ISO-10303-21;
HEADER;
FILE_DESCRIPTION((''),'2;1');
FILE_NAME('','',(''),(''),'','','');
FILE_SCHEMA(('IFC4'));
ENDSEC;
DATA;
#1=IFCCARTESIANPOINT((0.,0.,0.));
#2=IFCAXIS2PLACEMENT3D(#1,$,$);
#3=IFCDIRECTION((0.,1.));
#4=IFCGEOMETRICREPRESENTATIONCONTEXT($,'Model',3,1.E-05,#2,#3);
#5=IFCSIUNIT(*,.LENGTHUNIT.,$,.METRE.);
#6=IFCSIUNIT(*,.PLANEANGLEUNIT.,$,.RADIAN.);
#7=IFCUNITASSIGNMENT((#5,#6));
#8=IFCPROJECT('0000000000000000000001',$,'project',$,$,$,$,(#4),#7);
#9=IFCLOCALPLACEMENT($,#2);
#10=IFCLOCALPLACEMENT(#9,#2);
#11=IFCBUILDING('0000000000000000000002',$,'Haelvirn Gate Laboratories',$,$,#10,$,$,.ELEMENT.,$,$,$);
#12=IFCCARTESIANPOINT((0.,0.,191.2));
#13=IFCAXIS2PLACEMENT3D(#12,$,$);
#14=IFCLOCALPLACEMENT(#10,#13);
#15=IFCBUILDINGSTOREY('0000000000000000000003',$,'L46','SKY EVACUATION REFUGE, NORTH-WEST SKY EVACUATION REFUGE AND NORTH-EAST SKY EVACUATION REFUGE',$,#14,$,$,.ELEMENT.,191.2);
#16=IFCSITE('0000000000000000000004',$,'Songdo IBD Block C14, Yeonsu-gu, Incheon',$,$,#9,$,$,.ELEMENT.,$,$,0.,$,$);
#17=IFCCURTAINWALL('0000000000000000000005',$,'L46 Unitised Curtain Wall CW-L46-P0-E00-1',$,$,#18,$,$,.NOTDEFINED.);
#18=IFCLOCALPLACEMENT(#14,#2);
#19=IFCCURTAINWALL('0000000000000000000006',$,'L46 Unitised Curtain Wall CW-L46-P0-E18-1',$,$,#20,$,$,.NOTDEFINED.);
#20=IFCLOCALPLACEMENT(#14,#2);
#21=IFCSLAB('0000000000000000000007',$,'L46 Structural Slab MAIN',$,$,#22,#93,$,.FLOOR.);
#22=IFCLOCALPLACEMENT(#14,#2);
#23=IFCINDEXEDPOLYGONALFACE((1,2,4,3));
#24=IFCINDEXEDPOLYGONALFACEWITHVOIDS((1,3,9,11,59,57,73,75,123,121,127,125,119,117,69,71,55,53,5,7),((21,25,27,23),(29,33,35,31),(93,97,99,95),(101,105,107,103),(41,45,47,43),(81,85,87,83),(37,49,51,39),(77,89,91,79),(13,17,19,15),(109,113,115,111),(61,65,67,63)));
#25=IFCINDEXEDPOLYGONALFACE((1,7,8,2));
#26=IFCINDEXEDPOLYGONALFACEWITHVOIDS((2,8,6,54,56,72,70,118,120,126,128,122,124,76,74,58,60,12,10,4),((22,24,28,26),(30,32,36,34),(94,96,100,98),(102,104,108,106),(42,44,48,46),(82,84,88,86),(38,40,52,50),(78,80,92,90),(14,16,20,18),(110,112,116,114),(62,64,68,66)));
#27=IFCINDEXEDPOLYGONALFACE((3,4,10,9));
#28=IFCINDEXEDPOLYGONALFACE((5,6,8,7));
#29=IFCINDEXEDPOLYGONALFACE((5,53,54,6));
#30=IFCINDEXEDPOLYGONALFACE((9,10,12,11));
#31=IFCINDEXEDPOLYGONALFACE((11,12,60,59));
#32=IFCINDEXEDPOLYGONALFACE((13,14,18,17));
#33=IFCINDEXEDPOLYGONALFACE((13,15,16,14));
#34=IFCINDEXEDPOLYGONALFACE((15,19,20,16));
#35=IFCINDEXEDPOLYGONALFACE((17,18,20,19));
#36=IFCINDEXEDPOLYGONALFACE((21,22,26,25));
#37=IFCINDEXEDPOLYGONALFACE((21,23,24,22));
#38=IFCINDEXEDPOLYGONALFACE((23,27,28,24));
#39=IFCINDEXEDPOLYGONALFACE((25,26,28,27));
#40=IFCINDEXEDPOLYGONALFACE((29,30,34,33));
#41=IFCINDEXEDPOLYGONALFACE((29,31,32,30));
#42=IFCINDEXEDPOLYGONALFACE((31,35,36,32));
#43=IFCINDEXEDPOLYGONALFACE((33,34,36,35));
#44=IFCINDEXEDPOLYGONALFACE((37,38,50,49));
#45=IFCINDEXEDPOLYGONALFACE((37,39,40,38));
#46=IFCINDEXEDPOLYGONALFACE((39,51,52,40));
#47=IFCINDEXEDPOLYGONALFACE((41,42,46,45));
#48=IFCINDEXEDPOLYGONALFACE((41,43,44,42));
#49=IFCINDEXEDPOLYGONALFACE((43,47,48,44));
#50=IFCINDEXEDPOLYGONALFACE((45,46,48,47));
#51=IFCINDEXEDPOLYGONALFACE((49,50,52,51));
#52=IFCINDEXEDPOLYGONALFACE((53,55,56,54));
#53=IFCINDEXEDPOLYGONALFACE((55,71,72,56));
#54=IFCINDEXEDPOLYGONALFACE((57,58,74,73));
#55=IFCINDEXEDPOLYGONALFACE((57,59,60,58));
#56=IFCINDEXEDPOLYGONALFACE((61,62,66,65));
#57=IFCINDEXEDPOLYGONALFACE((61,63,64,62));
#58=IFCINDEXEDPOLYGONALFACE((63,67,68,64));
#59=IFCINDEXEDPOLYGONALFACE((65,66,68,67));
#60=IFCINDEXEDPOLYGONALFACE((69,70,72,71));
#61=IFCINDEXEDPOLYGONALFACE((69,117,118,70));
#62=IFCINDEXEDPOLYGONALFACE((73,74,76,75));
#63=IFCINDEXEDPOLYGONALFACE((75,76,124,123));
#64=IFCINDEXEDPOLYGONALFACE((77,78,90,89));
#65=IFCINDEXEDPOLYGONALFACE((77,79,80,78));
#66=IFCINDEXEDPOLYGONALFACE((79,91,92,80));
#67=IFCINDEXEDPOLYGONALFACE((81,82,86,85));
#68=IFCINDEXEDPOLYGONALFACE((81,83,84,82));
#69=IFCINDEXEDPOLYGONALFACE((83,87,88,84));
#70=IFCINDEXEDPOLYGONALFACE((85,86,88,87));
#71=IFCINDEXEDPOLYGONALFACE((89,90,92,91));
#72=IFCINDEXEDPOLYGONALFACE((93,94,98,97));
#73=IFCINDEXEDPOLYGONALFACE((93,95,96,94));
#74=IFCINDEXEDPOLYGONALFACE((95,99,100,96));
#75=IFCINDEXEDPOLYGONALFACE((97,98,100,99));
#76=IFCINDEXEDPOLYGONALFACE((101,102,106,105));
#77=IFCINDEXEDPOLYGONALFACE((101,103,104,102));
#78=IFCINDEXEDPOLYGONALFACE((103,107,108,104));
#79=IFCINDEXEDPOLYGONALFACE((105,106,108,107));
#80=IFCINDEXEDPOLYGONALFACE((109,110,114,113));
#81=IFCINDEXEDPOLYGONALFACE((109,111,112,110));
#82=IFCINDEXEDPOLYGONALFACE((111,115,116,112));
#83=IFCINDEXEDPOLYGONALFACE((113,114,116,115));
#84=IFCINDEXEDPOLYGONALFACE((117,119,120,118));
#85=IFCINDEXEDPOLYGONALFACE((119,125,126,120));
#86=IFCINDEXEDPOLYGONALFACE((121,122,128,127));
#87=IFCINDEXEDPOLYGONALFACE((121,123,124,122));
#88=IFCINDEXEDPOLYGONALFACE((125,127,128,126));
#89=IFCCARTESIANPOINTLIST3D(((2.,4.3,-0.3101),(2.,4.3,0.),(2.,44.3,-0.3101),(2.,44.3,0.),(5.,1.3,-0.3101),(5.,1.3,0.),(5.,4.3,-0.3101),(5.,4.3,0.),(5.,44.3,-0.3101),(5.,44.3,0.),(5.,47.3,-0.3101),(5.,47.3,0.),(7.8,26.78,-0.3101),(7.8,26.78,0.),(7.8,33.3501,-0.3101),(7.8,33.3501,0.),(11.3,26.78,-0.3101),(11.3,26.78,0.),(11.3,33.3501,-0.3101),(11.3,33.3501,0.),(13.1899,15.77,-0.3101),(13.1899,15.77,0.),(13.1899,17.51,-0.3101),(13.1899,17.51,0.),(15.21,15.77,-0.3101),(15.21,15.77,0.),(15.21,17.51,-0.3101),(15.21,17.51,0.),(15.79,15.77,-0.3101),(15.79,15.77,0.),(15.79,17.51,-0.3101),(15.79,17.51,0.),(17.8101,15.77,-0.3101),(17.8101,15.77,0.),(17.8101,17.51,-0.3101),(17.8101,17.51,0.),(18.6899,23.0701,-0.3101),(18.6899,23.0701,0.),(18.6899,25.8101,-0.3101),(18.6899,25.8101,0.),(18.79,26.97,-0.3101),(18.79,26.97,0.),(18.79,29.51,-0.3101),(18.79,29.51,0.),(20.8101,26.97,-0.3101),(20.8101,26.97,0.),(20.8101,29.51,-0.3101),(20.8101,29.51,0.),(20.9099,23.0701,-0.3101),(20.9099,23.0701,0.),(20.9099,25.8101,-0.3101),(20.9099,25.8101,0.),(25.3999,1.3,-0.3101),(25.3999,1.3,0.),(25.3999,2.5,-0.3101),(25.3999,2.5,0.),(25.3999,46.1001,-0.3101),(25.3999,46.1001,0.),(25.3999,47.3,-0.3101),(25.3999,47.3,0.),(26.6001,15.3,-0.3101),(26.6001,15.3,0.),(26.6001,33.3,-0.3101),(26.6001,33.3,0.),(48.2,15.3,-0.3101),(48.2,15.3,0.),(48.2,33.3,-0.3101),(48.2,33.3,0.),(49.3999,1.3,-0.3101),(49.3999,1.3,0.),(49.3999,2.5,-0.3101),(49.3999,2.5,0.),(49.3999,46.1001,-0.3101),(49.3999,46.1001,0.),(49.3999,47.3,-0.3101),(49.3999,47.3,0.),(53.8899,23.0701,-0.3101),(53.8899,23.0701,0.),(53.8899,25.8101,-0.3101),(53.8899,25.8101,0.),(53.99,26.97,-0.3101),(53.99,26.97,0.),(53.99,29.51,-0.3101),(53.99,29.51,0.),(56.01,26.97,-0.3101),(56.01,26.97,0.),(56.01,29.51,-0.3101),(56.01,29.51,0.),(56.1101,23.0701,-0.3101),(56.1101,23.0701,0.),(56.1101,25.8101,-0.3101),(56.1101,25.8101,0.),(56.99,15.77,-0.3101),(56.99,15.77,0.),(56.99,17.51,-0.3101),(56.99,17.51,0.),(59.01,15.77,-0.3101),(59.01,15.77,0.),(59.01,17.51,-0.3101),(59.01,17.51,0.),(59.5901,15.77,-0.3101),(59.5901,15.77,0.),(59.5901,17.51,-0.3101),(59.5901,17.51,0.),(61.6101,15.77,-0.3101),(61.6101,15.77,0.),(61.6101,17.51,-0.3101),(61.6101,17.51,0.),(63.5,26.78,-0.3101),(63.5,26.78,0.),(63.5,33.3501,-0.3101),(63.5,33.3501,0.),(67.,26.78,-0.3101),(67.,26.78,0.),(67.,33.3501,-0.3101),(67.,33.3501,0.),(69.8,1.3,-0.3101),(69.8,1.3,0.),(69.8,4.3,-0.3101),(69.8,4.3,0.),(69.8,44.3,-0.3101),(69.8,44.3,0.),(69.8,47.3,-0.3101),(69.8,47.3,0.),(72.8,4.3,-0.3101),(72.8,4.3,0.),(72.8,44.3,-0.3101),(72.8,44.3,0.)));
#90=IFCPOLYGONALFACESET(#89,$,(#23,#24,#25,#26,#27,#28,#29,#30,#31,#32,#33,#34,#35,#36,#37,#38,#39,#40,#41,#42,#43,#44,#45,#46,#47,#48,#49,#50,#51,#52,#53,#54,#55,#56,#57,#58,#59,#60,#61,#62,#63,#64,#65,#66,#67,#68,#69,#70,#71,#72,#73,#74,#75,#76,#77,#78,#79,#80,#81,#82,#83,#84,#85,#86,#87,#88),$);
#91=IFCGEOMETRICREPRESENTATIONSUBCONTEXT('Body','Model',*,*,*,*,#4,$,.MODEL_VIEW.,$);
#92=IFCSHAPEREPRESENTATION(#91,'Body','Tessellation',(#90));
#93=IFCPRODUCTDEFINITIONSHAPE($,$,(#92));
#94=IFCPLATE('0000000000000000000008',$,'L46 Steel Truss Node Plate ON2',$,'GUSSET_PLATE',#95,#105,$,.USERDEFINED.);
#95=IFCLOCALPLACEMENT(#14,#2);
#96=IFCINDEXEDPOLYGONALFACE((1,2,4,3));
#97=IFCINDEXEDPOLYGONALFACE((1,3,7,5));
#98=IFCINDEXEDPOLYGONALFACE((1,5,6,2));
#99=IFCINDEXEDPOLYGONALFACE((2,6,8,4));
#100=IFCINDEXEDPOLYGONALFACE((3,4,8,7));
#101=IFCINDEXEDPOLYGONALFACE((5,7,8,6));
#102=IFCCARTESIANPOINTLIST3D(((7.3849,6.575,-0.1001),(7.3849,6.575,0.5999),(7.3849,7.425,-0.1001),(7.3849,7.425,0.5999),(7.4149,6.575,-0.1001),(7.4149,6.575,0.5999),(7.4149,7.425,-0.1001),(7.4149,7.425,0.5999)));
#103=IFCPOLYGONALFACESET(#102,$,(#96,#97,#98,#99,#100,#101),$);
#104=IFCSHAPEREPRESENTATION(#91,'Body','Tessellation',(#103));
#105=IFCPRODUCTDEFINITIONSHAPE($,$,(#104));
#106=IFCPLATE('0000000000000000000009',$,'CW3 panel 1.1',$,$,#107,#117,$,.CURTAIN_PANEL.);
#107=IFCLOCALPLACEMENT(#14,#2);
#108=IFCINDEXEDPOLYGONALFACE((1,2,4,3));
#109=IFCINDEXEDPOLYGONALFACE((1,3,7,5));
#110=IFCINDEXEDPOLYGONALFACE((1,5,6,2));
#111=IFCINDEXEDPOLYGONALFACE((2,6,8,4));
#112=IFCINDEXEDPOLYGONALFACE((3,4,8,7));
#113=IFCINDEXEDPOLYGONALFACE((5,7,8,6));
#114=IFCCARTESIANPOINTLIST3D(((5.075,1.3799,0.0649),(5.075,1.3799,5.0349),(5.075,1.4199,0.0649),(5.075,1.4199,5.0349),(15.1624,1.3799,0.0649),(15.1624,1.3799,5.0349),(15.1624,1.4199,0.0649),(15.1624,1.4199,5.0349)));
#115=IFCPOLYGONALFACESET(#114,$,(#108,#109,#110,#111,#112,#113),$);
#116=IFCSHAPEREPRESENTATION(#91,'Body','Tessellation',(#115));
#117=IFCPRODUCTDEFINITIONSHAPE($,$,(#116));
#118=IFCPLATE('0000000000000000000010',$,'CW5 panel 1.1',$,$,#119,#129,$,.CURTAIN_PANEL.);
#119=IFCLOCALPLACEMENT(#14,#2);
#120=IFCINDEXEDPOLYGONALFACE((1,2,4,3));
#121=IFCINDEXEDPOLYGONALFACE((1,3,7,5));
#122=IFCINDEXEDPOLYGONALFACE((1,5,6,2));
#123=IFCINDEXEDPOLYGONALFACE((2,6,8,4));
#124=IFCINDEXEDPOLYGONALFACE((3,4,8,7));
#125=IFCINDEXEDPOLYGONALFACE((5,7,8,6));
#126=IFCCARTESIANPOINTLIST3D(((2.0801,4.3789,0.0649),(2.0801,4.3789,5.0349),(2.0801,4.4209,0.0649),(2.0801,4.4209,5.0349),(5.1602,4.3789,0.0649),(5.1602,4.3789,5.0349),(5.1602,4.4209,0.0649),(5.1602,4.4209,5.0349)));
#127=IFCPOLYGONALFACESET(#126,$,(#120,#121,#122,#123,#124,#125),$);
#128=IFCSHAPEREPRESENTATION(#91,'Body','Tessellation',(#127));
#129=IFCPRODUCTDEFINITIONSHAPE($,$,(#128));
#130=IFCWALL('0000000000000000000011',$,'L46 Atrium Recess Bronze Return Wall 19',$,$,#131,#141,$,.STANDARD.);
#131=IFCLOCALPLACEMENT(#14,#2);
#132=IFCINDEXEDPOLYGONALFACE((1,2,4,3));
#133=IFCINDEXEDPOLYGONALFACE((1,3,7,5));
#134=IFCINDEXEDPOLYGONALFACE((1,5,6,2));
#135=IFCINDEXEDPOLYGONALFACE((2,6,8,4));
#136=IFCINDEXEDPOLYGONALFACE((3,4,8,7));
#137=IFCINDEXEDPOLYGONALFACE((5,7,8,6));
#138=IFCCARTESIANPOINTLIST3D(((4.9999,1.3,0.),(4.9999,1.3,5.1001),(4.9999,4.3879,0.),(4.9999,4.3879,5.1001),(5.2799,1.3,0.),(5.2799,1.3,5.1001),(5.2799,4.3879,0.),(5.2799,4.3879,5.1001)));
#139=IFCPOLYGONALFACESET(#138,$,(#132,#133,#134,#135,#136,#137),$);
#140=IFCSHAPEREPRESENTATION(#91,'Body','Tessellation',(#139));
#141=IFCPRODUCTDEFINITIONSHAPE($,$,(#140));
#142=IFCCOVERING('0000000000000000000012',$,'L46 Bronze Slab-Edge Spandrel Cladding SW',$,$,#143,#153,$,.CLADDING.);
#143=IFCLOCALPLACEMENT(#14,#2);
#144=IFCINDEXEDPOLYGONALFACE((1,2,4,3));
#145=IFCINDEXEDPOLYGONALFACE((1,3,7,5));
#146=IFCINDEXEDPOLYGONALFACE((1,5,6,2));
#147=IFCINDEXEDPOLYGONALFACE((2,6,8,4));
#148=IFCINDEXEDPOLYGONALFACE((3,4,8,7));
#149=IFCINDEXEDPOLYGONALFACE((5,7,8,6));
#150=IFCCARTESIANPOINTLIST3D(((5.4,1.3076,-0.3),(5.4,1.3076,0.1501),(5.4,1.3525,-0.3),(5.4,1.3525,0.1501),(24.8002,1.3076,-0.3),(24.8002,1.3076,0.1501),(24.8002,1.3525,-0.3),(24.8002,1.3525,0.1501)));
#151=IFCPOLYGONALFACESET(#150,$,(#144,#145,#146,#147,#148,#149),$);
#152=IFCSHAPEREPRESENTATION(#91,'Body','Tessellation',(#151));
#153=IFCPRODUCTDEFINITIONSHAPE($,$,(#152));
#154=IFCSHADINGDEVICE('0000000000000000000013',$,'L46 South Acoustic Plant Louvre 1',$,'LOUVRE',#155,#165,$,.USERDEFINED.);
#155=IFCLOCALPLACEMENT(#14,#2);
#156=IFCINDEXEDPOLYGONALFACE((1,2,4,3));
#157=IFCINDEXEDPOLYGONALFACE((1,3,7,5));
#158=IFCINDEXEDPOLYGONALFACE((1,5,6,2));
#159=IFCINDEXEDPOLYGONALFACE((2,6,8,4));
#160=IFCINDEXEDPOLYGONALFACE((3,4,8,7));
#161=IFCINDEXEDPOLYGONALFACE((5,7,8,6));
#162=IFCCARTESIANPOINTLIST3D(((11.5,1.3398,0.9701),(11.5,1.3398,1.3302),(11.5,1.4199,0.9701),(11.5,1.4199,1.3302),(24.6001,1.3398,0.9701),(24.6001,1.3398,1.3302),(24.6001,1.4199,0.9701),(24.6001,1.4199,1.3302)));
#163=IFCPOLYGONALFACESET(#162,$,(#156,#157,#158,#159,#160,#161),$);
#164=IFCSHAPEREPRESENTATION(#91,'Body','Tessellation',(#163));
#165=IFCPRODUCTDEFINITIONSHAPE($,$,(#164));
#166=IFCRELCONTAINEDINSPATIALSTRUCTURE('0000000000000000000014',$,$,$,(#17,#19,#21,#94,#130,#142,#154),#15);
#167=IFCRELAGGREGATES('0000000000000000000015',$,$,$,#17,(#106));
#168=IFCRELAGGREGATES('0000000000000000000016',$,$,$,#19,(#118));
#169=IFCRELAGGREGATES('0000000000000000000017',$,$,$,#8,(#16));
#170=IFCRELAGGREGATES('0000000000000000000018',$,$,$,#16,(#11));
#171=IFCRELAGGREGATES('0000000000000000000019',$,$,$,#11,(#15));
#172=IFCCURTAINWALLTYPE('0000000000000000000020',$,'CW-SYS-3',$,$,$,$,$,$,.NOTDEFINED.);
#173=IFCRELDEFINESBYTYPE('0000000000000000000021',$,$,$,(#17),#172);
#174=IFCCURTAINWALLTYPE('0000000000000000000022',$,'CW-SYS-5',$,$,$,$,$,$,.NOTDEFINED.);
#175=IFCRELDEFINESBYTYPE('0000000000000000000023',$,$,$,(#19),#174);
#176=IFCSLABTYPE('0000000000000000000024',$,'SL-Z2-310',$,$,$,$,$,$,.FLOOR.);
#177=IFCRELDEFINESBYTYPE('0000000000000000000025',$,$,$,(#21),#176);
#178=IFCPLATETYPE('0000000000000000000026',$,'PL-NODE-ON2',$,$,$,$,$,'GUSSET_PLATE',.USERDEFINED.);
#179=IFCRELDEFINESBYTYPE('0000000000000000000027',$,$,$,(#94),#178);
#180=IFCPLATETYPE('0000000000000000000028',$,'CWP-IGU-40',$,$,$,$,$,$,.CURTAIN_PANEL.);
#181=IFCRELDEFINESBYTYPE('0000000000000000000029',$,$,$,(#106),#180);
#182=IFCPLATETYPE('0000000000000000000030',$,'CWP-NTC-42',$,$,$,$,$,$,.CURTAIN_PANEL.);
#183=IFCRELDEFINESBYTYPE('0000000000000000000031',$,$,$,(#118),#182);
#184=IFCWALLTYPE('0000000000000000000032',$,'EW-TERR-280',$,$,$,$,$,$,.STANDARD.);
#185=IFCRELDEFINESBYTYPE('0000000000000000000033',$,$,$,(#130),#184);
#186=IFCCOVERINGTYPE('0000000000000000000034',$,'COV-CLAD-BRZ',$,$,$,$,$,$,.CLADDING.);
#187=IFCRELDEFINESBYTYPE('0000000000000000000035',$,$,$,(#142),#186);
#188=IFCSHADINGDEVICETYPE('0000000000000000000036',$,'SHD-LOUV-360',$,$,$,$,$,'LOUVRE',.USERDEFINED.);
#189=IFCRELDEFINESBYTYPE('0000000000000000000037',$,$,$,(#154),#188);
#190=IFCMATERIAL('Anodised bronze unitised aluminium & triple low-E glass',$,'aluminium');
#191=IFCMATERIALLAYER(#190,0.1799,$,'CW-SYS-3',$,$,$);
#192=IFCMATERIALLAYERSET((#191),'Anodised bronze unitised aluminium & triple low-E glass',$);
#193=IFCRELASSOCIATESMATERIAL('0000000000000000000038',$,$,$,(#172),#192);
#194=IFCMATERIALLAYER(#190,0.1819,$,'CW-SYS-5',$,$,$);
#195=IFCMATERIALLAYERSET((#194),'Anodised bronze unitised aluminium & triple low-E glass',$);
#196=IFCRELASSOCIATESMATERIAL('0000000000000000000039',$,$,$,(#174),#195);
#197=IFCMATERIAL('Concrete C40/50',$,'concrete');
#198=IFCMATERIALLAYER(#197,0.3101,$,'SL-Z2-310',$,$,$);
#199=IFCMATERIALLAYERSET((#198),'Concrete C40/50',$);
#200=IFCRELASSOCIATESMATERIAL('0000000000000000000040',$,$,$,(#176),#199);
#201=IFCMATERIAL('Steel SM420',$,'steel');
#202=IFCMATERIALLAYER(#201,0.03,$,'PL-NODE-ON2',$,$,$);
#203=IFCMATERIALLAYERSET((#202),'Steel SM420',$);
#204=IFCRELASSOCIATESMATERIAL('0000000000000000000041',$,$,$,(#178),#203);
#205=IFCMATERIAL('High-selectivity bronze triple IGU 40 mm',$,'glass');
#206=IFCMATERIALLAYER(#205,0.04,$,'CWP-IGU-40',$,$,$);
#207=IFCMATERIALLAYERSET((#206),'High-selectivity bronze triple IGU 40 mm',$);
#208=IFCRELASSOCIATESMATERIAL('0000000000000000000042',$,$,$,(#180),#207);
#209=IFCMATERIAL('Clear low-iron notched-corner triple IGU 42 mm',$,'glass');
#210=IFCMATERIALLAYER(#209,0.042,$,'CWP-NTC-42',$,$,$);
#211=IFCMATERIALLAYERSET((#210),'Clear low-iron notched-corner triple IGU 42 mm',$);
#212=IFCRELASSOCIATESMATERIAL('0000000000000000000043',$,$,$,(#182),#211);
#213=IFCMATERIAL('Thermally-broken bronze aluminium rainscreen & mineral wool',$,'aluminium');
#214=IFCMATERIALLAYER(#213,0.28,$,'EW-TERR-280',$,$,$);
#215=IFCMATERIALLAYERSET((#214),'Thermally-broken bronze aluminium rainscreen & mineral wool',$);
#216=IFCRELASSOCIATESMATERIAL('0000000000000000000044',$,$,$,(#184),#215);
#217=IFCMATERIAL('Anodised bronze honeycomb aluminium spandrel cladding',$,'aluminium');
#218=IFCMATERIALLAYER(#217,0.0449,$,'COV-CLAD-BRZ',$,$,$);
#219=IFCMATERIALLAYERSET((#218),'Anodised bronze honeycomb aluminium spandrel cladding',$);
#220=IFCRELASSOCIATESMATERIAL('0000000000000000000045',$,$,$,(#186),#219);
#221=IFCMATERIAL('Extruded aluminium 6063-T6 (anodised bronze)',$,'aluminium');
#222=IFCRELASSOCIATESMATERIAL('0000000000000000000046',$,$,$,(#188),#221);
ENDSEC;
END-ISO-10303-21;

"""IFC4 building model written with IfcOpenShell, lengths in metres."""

from ifc_helpers import new_model, si_unit, direction, frame, frame_2d, origin, origin_2d, place, context, subcontext, project, spatial, polyline, rectangle, outline, extrude, source, transform, mapped, material, layer, layer_set, material_profile, profile_set, type_object, type_shapes, element, aggregate, save


model = new_model("IFC4")

# Units and contexts
model_context = context("Model", 3, precision=1e-05, world=origin(), true_north=direction((0.0, 1.0)))
body_context = subcontext(model_context, "Body", "Model", "MODEL_VIEW")
ifc_project = project(units=[si_unit("LENGTHUNIT", "METRE"), si_unit("PLANEANGLEUNIT", "RADIAN")], contexts=[model_context])

# Site, building, storey
site_placement = place(None, origin())
site = spatial("IfcSite", under=ifc_project, at=site_placement, Name="Songdo IBD Block C14, Yeonsu-gu, Incheon", CompositionType="ELEMENT", RefElevation=0.0)
building_placement = place(site_placement, origin())
building = spatial("IfcBuilding", under=site, at=building_placement, Name="Haelvirn Gate Laboratories", CompositionType="ELEMENT")
storey_placement = place(building_placement, frame((0.0, 0.0, 191.2)))
storey = spatial("IfcBuildingStorey", under=building, at=storey_placement, Name="L46", Description="SKY EVACUATION REFUGE, NORTH-WEST SKY EVACUATION REFUGE AND NORTH-EAST SKY EVACUATION REFUGE", CompositionType="ELEMENT", Elevation=191.2)

# Shared definitions
ifc_material_1 = material(Name="Steel SM420", Category="steel")

# Curtain walls
ifc_material_2 = material(Name="Anodised bronze unitised aluminium & triple low-E glass", Category="aluminium")
ifc_layer_1 = layer(ifc_material_2, 0.1799, Name="CW-SYS-3")
ifc_layer_set_1 = layer_set([ifc_layer_1], Name="Anodised bronze unitised aluminium & triple low-E glass")
curtain_wall_type_1 = type_object("IfcCurtainWallType", Name="CW-SYS-3", PredefinedType="NOTDEFINED", material=ifc_layer_set_1)
curtain_wall_1_placement = place(storey_placement, origin())
curtain_wall_1 = element("IfcCurtainWall", 1, at=curtain_wall_1_placement, inside=storey, type_object=curtain_wall_type_1, Name="L46 Unitised Curtain Wall CW-L46-P0-E00-1", PredefinedType="NOTDEFINED")
ifc_material_3 = material(Name="Extruded aluminium 6063-T6 (anodised bronze)", Category="aluminium")
ifc_layer_2 = layer(ifc_material_2, 0.1819, Name="CW-SYS-5")
ifc_layer_set_2 = layer_set([ifc_layer_2], Name="Anodised bronze unitised aluminium & triple low-E glass")
curtain_wall_type_2 = type_object("IfcCurtainWallType", Name="CW-SYS-5", PredefinedType="NOTDEFINED", material=ifc_layer_set_2)
curtain_wall_2_placement = place(storey_placement, origin())
curtain_wall_2 = element("IfcCurtainWall", 2, at=curtain_wall_2_placement, inside=storey, type_object=curtain_wall_type_2, Name="L46 Unitised Curtain Wall CW-L46-P0-E18-1", PredefinedType="NOTDEFINED")

# Shared definitions
ifc_material_4 = material(Name="Concrete C40/50", Category="concrete")

# Slab
ifc_layer_3 = layer(ifc_material_4, 0.3101, Name="SL-Z2-310")
ifc_layer_set_3 = layer_set([ifc_layer_3], Name="Concrete C40/50")
slab_type_1 = type_object("IfcSlabType", Name="SL-Z2-310", PredefinedType="FLOOR", material=ifc_layer_set_3)
slab_1_placement = place(storey_placement, frame((0.0, 0.0, -0.3101)))
element("IfcSlab", 3, at=slab_1_placement, inside=storey, type_object=slab_type_1, Name="L46 Structural Slab MAIN", PredefinedType="FLOOR", context=body_context, shape_type="SweptSolid", body=[
    extrude(outline(polyline([(5.0, 1.3), (25.3999, 1.3), (25.3999, 2.5), (49.3999, 2.5), (49.3999, 1.3), (69.8, 1.3), (69.8, 4.3), (72.8, 4.3), (72.8, 44.3), (69.8, 44.3), (69.8, 47.3), (49.3999, 47.3), (49.3999, 46.1001), (25.3999, 46.1001), (25.3999, 47.3), (5.0, 47.3), (5.0, 44.3), (2.0, 44.3), (2.0, 4.3), (5.0, 4.3), (5.0, 1.3)]), holes=[polyline([(26.6001, 15.3), (48.2, 15.3), (48.2, 33.3), (26.6001, 33.3), (26.6001, 15.3)]), polyline([(11.3, 26.78), (11.3, 33.3501), (7.8, 33.3501), (7.8, 26.78), (11.3, 26.78)]), polyline([(67.0, 26.78), (67.0, 33.3501), (63.5, 33.3501), (63.5, 26.78), (67.0, 26.78)]), polyline([(13.1899, 15.77), (15.21, 15.77), (15.21, 17.51), (13.1899, 17.51), (13.1899, 15.77)]), polyline([(15.79, 15.77), (17.8101, 15.77), (17.8101, 17.51), (15.79, 17.51), (15.79, 15.77)]), polyline([(18.79, 26.97), (20.8101, 26.97), (20.8101, 29.51), (18.79, 29.51), (18.79, 26.97)]), polyline([(18.6899, 23.0701), (20.9099, 23.0701), (20.9099, 25.8101), (18.6899, 25.8101), (18.6899, 23.0701)]), polyline([(59.5901, 15.77), (61.6101, 15.77), (61.6101, 17.51), (59.5901, 17.51), (59.5901, 15.77)]), polyline([(56.99, 15.77), (59.01, 15.77), (59.01, 17.51), (56.99, 17.51), (56.99, 15.77)]), polyline([(53.99, 26.97), (56.01, 26.97), (56.01, 29.51), (53.99, 29.51), (53.99, 26.97)]), polyline([(53.8899, 23.0701), (56.1101, 23.0701), (56.1101, 25.8101), (53.8899, 25.8101), (53.8899, 23.0701)])]), origin(), (0.0, 0.0, 1.0), 0.3101),
])

# Plates
ifc_layer_4 = layer(ifc_material_1, 0.03, Name="PL-NODE-ON2")
ifc_layer_set_4 = layer_set([ifc_layer_4], Name="Steel SM420")
plate_type_1 = type_object("IfcPlateType", Name="PL-NODE-ON2", ElementType="GUSSET_PLATE", PredefinedType="USERDEFINED", material=ifc_layer_set_4)
shared_shape_1 = source(origin(), body_context, "Body", "SweptSolid", [
    extrude(rectangle(XDim=0.8501, YDim=0.03, at=origin_2d()), origin(), (0.0, 0.0, 1.0), 0.7),
])
type_shapes(plate_type_1, [shared_shape_1])
plate_1_placement = place(storey_placement, frame((7.3999, 7.0, -0.1001), z_axis=(0.0, 0.0, 1.0), x_axis=(0.0, 1.0, 0.0)))
element("IfcPlate", 4, at=plate_1_placement, inside=storey, type_object=plate_type_1, Name="L46 Steel Truss Node Plate ON2", ObjectType="GUSSET_PLATE", PredefinedType="USERDEFINED", context=body_context, shape_type="MappedRepresentation", body=[
    mapped(shared_shape_1, transform((0.0, 0.0, 0.0), scale=1.0)),
])
ifc_material_5 = material(Name="High-selectivity bronze triple IGU 40 mm", Category="glass")
ifc_layer_5 = layer(ifc_material_5, 0.04, Name="CWP-IGU-40")
ifc_layer_set_5 = layer_set([ifc_layer_5], Name="High-selectivity bronze triple IGU 40 mm")
plate_type_2 = type_object("IfcPlateType", Name="CWP-IGU-40", PredefinedType="CURTAIN_PANEL", material=ifc_layer_set_5)
shared_shape_2 = source(origin(), body_context, "Body", "SweptSolid", [
    extrude(rectangle(XDim=10.0874, YDim=0.04, at=origin_2d()), origin(), (0.0, 0.0, 1.0), 4.97),
])
type_shapes(plate_type_2, [shared_shape_2])
plate_2_placement = place(storey_placement, frame((10.1187, 1.3999, 0.0649), z_axis=(0.0, 0.0, 1.0), x_axis=(1.0, 0.0, 0.0)))
plate_2 = element("IfcPlate", 5, at=plate_2_placement, type_object=plate_type_2, Name="CW3 panel 1.1", PredefinedType="CURTAIN_PANEL", context=body_context, shape_type="MappedRepresentation", body=[
    mapped(shared_shape_2, transform((0.0, 0.0, 0.0), scale=1.0)),
])
aggregate(curtain_wall_1, [plate_2])
ifc_material_6 = material(Name="Clear low-iron notched-corner triple IGU 42 mm", Category="glass")
ifc_layer_6 = layer(ifc_material_6, 0.042, Name="CWP-NTC-42")
ifc_layer_set_6 = layer_set([ifc_layer_6], Name="Clear low-iron notched-corner triple IGU 42 mm")
plate_type_3 = type_object("IfcPlateType", Name="CWP-NTC-42", PredefinedType="CURTAIN_PANEL", material=ifc_layer_set_6)
shared_shape_3 = source(origin(), body_context, "Body", "SweptSolid", [
    extrude(rectangle(XDim=3.0801, YDim=0.042, at=origin_2d()), origin(), (0.0, 0.0, 1.0), 4.97),
])
type_shapes(plate_type_3, [shared_shape_3])
plate_3_placement = place(storey_placement, frame((3.6201, 4.3999, 0.0649), z_axis=(0.0, 0.0, 1.0), x_axis=(1.0, 0.0, 0.0)))
plate_3 = element("IfcPlate", 6, at=plate_3_placement, type_object=plate_type_3, Name="CW5 panel 1.1", PredefinedType="CURTAIN_PANEL", context=body_context, shape_type="MappedRepresentation", body=[
    mapped(shared_shape_3, transform((0.0, 0.0, 0.0), scale=1.0)),
])
aggregate(curtain_wall_2, [plate_3])

# Wall
ifc_material_7 = material(Name="Thermally-broken bronze aluminium rainscreen & mineral wool", Category="aluminium")
ifc_layer_7 = layer(ifc_material_7, 0.28, Name="EW-TERR-280")
ifc_layer_set_7 = layer_set([ifc_layer_7], Name="Thermally-broken bronze aluminium rainscreen & mineral wool")
wall_type = type_object("IfcWallType", Name="EW-TERR-280", PredefinedType="STANDARD", material=ifc_layer_set_7)
wall_placement = place(storey_placement, frame((5.1399, 4.3879, 0.0), z_axis=(0.0, 0.0, 1.0), x_axis=(0.0, -1.0, 0.0)))
element("IfcWall", 7, at=wall_placement, inside=storey, type_object=wall_type, Name="L46 Atrium Recess Bronze Return Wall 19", PredefinedType="STANDARD", context=body_context, shape_type="SweptSolid", body=[
    extrude(rectangle(XDim=3.0879, YDim=0.28, at=frame_2d((1.5439, 0.0))), origin(), (0.0, 0.0, 1.0), 5.1001),
])

# Covering
ifc_material_8 = material(Name="Anodised bronze honeycomb aluminium spandrel cladding", Category="aluminium")
ifc_layer_8 = layer(ifc_material_8, 0.0449, Name="COV-CLAD-BRZ")
ifc_layer_set_8 = layer_set([ifc_layer_8], Name="Anodised bronze honeycomb aluminium spandrel cladding")
covering_type = type_object("IfcCoveringType", Name="COV-CLAD-BRZ", PredefinedType="CLADDING", material=ifc_layer_set_8)
covering_placement = place(storey_placement, frame((5.3999, 1.3301, -0.3), z_axis=(0.0, 0.0, 1.0), x_axis=(1.0, 0.0, 0.0)))
element("IfcCovering", 8, at=covering_placement, inside=storey, type_object=covering_type, Name="L46 Bronze Slab-Edge Spandrel Cladding SW", PredefinedType="CLADDING", context=body_context, shape_type="SweptSolid", body=[
    extrude(rectangle(XDim=19.4001, YDim=0.0449, at=frame_2d((9.7002, 0.0))), origin(), (0.0, 0.0, 1.0), 0.4502),
])

# Shading device
ifc_material_profile_1 = material_profile(ifc_material_3, rectangle(XDim=0.0801, YDim=0.3601, at=origin_2d()), Name="LOUV-360x80")
ifc_profile_set_1 = profile_set([ifc_material_profile_1], Name="Extruded aluminium 6063-T6 (anodised bronze)")
shading_device_type = type_object("IfcShadingDeviceType", Name="SHD-LOUV-360", ElementType="LOUVRE", PredefinedType="USERDEFINED", material=ifc_profile_set_1)
shared_shape_4 = source(origin(), body_context, "Body", "SweptSolid", [
    extrude(rectangle(XDim=0.0801, YDim=0.3601, at=origin_2d()), origin(), (0.0, 0.0, 1.0), 13.1001),
])
type_shapes(shading_device_type, [shared_shape_4])
for number, where, z_axis, x_axis, name in (
    (9, (11.5, 1.3799, 1.1501), (1.0, 0.0, 0.0), (0.0, 1.0, 0.0), "L46 South Acoustic Plant Louvre 1"),
):
    element("IfcShadingDevice", number, at=place(storey_placement, frame(where, z_axis=z_axis, x_axis=x_axis)), inside=storey, type_object=shading_device_type, Name=name, ObjectType="LOUVRE", PredefinedType="USERDEFINED", context=body_context, shape_type="MappedRepresentation", body=[
        mapped(shared_shape_4, transform((0.0, 0.0, 0.0), scale=1.0)),
    ])

save(model, "model.ifc")
